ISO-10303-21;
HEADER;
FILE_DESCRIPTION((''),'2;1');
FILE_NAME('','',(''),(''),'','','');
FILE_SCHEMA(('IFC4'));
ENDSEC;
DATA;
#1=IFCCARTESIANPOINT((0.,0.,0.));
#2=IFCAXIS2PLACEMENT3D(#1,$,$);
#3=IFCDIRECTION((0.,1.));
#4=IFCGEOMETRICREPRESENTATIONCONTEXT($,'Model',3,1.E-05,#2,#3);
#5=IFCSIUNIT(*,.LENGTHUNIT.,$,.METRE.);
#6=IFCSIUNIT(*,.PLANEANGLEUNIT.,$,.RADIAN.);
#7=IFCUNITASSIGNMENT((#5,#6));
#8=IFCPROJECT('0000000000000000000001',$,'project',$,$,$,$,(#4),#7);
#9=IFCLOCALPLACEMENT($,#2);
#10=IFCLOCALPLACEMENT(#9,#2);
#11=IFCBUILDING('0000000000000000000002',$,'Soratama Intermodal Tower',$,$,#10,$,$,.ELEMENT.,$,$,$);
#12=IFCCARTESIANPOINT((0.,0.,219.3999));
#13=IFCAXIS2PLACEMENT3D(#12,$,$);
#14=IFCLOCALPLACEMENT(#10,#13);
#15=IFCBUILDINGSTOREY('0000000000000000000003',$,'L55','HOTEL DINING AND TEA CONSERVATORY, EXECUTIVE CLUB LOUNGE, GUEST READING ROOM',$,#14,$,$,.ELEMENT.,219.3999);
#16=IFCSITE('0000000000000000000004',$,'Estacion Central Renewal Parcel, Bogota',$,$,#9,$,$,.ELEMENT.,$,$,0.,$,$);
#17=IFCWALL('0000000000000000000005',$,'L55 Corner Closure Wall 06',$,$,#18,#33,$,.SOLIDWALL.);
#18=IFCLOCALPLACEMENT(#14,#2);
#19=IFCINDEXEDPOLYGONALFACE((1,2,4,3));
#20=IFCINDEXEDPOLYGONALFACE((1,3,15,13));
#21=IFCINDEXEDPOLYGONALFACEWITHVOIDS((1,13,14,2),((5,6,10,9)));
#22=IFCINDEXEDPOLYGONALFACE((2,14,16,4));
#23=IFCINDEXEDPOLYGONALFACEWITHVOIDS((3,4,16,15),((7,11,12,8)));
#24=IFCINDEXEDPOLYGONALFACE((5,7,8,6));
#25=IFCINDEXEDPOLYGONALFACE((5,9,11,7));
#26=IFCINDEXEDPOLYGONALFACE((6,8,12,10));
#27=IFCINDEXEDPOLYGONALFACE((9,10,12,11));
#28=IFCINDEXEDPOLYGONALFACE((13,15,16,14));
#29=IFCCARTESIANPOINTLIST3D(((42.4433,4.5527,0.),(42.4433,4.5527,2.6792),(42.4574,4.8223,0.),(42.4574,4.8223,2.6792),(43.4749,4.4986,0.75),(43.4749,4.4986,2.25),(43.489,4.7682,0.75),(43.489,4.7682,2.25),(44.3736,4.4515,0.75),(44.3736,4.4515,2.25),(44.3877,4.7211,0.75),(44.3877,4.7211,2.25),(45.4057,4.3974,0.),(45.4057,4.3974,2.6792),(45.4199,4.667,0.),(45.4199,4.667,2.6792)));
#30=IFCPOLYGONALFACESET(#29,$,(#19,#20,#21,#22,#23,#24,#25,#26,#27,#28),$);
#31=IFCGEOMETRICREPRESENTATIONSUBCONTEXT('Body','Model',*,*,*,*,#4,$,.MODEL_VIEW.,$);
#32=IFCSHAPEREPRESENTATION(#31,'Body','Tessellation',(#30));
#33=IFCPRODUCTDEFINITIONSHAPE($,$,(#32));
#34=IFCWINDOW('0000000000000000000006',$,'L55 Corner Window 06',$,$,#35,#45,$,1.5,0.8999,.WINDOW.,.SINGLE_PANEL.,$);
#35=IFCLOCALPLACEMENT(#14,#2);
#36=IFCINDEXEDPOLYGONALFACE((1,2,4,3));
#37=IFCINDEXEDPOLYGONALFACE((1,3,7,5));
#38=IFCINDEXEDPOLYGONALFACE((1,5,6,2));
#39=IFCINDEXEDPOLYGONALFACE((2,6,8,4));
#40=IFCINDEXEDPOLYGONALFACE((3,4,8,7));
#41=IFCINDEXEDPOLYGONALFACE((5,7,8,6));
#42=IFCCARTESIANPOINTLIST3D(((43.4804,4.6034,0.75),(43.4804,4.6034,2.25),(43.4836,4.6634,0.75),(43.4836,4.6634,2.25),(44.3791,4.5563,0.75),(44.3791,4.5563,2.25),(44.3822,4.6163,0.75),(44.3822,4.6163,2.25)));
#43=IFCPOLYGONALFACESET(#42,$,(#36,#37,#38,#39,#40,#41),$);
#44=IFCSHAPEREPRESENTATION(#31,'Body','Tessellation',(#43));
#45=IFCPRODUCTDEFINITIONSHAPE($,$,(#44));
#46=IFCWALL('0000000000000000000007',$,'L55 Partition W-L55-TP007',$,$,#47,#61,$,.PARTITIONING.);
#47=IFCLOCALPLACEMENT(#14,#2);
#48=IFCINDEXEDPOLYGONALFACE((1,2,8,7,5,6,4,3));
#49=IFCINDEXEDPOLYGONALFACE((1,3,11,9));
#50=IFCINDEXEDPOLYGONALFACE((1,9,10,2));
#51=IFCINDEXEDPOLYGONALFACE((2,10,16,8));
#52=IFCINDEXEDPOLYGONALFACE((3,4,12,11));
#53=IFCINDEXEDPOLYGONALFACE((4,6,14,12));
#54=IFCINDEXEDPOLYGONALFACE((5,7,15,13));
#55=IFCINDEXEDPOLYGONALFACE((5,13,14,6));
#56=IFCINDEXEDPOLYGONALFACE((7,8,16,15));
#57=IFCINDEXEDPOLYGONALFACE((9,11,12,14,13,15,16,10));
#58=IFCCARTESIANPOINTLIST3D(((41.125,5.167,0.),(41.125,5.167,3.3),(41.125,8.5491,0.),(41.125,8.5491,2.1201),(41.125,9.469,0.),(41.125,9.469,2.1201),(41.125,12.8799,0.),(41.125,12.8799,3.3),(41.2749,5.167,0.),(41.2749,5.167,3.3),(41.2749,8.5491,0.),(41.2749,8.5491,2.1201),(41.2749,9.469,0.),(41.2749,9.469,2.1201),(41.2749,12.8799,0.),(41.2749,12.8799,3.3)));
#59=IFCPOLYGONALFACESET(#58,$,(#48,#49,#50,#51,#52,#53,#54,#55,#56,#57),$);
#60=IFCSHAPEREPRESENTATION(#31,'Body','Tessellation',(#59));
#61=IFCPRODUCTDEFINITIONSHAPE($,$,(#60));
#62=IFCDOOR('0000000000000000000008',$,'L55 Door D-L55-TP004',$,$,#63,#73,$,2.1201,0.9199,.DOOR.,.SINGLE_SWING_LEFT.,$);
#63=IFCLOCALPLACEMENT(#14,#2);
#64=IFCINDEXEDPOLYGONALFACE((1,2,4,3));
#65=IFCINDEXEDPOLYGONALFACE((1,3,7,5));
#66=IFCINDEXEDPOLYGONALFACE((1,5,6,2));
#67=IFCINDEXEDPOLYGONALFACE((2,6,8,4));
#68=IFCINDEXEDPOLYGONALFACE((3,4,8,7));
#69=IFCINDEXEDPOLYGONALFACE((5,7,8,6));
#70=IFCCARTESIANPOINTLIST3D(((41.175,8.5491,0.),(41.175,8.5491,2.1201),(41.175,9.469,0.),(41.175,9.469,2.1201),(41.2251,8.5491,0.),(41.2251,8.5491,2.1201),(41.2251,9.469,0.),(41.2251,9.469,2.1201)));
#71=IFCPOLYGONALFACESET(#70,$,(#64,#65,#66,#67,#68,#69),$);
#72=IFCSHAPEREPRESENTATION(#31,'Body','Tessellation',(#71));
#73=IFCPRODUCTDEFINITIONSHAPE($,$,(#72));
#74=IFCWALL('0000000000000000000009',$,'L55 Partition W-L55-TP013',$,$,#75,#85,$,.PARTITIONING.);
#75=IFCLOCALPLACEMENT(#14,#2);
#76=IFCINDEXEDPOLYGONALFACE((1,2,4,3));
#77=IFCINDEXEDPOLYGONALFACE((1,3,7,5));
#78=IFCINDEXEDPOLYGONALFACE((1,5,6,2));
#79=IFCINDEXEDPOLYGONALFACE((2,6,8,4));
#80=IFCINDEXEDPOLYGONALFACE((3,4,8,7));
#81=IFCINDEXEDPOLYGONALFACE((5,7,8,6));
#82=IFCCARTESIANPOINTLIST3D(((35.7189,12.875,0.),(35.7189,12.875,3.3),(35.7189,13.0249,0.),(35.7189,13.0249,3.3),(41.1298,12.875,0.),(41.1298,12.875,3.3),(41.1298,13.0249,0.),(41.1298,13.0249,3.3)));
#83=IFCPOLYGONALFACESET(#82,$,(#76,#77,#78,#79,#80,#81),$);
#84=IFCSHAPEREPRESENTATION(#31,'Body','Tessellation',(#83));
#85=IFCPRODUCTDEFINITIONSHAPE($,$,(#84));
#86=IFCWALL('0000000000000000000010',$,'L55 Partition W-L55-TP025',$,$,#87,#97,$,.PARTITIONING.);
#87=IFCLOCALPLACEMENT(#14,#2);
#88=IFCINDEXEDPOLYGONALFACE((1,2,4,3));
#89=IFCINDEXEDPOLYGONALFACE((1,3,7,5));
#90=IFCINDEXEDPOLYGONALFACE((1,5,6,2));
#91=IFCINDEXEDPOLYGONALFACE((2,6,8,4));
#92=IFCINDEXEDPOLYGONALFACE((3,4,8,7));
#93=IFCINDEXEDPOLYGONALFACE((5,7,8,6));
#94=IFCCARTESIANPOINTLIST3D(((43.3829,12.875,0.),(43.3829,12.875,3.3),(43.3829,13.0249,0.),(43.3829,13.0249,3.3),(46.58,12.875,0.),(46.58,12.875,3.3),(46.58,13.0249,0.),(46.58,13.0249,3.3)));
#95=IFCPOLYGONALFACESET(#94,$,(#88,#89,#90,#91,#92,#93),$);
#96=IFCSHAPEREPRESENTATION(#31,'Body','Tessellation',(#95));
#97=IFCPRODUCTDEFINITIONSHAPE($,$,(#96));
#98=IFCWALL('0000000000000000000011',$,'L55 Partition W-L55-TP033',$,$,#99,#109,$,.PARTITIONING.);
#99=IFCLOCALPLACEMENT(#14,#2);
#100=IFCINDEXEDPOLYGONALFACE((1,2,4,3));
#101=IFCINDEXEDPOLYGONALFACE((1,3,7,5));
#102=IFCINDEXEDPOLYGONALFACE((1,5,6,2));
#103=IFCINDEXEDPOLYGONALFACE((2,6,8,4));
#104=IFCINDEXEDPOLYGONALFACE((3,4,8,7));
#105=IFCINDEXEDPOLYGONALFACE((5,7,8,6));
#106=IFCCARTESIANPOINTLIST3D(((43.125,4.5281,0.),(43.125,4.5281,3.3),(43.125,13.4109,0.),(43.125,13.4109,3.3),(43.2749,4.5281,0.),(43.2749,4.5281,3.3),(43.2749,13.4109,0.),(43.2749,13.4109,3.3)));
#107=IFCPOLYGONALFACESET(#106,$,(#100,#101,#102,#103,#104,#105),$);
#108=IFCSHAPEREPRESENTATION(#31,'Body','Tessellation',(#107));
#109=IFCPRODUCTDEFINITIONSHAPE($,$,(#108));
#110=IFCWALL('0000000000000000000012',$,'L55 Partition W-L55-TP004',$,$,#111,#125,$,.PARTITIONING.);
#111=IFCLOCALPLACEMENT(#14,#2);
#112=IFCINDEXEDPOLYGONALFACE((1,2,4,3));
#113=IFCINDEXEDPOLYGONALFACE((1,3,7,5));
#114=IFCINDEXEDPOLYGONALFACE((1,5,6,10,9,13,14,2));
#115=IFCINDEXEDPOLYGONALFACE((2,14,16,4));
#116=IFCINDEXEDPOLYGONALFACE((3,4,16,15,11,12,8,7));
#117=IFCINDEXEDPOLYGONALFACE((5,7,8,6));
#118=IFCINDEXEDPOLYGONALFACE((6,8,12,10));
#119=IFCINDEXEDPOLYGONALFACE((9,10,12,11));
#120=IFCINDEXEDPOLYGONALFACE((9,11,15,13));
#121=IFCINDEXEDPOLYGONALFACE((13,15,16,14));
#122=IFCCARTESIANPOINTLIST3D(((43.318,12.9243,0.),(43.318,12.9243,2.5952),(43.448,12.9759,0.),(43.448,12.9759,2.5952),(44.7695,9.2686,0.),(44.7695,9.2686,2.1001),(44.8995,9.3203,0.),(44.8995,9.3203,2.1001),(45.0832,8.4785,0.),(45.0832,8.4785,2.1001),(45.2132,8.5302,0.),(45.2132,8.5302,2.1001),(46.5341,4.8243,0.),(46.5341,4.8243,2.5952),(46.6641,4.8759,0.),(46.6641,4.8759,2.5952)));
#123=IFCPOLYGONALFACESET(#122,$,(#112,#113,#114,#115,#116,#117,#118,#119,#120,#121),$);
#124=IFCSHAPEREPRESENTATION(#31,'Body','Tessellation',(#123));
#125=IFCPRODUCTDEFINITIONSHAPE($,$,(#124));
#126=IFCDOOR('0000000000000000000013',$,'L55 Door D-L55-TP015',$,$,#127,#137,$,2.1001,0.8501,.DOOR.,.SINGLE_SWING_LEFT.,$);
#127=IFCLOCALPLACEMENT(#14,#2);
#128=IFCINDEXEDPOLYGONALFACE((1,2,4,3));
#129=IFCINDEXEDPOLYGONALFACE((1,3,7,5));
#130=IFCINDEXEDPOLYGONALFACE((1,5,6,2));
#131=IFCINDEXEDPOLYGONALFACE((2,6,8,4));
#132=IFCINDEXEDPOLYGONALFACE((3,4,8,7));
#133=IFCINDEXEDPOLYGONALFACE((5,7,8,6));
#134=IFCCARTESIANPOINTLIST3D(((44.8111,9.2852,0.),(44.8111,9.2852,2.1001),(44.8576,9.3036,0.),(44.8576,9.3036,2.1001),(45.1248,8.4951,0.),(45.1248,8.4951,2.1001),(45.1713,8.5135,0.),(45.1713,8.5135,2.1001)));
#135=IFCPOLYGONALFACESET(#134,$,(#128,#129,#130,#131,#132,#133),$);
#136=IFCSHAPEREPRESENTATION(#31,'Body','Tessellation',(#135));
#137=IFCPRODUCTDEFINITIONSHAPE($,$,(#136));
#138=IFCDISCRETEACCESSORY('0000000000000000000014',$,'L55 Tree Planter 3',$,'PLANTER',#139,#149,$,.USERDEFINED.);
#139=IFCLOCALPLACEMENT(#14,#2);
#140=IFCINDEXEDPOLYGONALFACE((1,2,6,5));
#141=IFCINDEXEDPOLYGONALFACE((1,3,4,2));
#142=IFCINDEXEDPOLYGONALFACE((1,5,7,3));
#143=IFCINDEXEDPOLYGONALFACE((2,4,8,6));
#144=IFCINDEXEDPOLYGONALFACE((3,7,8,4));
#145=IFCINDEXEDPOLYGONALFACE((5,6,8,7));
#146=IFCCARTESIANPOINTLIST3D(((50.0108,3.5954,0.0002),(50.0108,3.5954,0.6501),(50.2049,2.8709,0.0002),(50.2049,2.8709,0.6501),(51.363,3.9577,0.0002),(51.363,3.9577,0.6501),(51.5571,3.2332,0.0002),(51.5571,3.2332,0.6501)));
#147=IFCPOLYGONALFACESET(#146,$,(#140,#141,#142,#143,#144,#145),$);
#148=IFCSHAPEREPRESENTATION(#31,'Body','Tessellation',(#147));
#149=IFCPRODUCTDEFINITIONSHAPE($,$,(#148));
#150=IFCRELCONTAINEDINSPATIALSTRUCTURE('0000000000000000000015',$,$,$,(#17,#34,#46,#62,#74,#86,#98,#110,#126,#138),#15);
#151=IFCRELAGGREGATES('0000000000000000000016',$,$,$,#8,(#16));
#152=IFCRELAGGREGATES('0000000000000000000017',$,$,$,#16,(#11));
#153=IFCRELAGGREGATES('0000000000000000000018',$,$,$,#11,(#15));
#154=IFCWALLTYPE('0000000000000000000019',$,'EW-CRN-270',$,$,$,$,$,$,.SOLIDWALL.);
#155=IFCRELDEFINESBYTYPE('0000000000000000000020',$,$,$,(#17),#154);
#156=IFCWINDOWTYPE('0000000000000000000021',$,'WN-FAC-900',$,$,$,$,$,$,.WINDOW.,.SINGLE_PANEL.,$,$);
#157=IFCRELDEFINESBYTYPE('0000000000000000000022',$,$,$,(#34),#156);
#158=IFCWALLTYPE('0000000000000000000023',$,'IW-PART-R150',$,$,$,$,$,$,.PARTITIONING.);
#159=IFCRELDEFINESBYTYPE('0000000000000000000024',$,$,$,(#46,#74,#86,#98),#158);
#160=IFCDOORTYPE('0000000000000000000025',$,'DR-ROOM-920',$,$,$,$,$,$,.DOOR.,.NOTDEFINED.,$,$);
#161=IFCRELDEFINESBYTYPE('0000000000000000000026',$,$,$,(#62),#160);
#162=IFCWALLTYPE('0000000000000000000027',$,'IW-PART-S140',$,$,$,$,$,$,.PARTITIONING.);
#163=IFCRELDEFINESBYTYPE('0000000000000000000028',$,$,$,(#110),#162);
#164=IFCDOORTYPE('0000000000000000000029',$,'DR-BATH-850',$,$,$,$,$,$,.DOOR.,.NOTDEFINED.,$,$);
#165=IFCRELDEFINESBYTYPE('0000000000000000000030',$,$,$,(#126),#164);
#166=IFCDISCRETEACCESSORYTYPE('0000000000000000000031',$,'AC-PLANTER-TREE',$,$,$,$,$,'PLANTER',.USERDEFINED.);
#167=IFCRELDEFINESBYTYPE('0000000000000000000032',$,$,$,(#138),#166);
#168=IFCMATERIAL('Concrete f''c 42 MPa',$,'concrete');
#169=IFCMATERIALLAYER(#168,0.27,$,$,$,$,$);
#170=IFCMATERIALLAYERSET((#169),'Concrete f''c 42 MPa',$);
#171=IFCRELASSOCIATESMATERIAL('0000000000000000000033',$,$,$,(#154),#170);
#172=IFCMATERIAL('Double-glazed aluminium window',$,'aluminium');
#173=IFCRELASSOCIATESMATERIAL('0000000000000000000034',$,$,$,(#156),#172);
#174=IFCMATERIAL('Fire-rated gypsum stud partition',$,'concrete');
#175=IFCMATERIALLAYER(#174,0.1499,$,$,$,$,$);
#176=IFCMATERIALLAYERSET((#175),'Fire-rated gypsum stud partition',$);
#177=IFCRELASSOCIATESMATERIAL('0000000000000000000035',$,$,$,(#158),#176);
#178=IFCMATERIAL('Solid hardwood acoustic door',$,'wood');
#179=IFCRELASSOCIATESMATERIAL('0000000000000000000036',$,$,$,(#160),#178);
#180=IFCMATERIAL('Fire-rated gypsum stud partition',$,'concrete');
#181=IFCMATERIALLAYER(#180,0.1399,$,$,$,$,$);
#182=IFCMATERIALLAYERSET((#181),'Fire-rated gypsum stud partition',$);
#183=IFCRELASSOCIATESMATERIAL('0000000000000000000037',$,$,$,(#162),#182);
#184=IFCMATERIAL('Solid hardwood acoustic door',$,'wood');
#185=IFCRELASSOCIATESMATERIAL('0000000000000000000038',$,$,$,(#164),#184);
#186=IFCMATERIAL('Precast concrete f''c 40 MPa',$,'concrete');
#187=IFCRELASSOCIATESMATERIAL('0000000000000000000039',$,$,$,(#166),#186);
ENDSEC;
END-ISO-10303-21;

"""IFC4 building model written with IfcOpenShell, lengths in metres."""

from ifc_helpers import new_model, si_unit, direction, frame, frame_2d, origin, origin_2d, place, context, subcontext, project, spatial, rectangle, extrude, material, layer, layer_set, type_object, element, fill, save


model = new_model("IFC4")

# Units and contexts
model_context = context("Model", 3, precision=1e-05, world=origin(), true_north=direction((0.0, 1.0)))
body_context = subcontext(model_context, "Body", "Model", "MODEL_VIEW")
ifc_project = project(units=[si_unit("LENGTHUNIT", "METRE"), si_unit("PLANEANGLEUNIT", "RADIAN")], contexts=[model_context])

# Site, building, storey
site_placement = place(None, origin())
site = spatial("IfcSite", under=ifc_project, at=site_placement, Name="Estacion Central Renewal Parcel, Bogota", CompositionType="ELEMENT", RefElevation=0.0)
building_placement = place(site_placement, origin())
building = spatial("IfcBuilding", under=site, at=building_placement, Name="Soratama Intermodal Tower", CompositionType="ELEMENT")
storey_placement = place(building_placement, frame((0.0, 0.0, 219.3999)))
storey = spatial("IfcBuildingStorey", under=building, at=storey_placement, Name="L55", Description="HOTEL DINING AND TEA CONSERVATORY, EXECUTIVE CLUB LOUNGE, GUEST READING ROOM", CompositionType="ELEMENT", Elevation=219.3999)

# Wall, opening, window
ifc_material_1 = material(Name="Concrete f'c 42 MPa", Category="concrete")
ifc_layer_1 = layer(ifc_material_1, 0.27)
ifc_layer_set_1 = layer_set([ifc_layer_1], Name="Concrete f'c 42 MPa")
wall_type_1 = type_object("IfcWallType", Name="EW-CRN-270", PredefinedType="SOLIDWALL", material=ifc_layer_set_1)
wall_1_placement = place(storey_placement, frame((42.4502, 4.6875, 0.0), z_axis=(0.0, 0.0, 1.0), x_axis=(0.998629, -0.052343, 0.0)))
wall_1 = element("IfcWall", 1, at=wall_1_placement, inside=storey, type_object=wall_type_1, Name="L55 Corner Closure Wall 06", PredefinedType="SOLIDWALL", context=body_context, shape_type="SweptSolid", body=[
    extrude(rectangle(XDim=2.9666, YDim=0.27, at=frame_2d((1.4834, 0.0))), origin(), (0.0, 0.0, 1.0), 2.6792),
])
opening_1_placement = place(wall_1_placement, frame((1.0332, 0.0, 0.75)))
opening_1 = element("IfcOpeningElement", 2, at=opening_1_placement, cuts=wall_1, PredefinedType="OPENING", context=body_context, shape_type="SweptSolid", body=[
    extrude(rectangle(XDim=0.8999, YDim=1.5, at=frame_2d((0.45, 0.75))), frame((0.0, 0.145, 0.0), z_axis=(0.0, -1.0, 0.0), x_axis=(1.0, 0.0, 0.0)), (0.0, 0.0, 1.0), 0.29),
])
ifc_material_2 = material(Name="Double-glazed aluminium window", Category="aluminium")
window_type_1 = type_object("IfcWindowType", Name="WN-FAC-900", PartitioningType="SINGLE_PANEL", PredefinedType="WINDOW", material=ifc_material_2)
window_1_placement = place(opening_1_placement, origin())
window_1 = element("IfcWindow", 3, at=window_1_placement, inside=storey, type_object=window_type_1, Name="L55 Corner Window 06", OverallHeight=1.5, OverallWidth=0.8999, PartitioningType="SINGLE_PANEL", PredefinedType="WINDOW", context=body_context, shape_type="SweptSolid", body=[
    extrude(rectangle(XDim=0.8999, YDim=1.5, at=frame_2d((0.45, 0.75))), frame((0.0, 0.03, 0.0), z_axis=(0.0, -1.0, 0.0), x_axis=(1.0, 0.0, 0.0)), (0.0, 0.0, 1.0), 0.0601),
])
fill(opening_1, window_1)

# Wall, opening, door
ifc_material_3 = material(Name="Fire-rated gypsum stud partition", Category="concrete")
ifc_layer_2 = layer(ifc_material_3, 0.1499)
ifc_layer_set_2 = layer_set([ifc_layer_2], Name="Fire-rated gypsum stud partition")
wall_type_2 = type_object("IfcWallType", Name="IW-PART-R150", PredefinedType="PARTITIONING", material=ifc_layer_set_2)
wall_2_placement = place(storey_placement, frame((41.2, 5.167, 0.0), z_axis=(0.0, 0.0, 1.0), x_axis=(0.0, 1.0, 0.0)))
wall_2 = element("IfcWall", 4, at=wall_2_placement, inside=storey, type_object=wall_type_2, Name="L55 Partition W-L55-TP007", PredefinedType="PARTITIONING", context=body_context, shape_type="SweptSolid", body=[
    extrude(rectangle(XDim=7.7129, YDim=0.1499, at=frame_2d((3.8564, 0.0))), origin(), (0.0, 0.0, 1.0), 3.3),
])
opening_2_placement = place(wall_2_placement, frame((3.3821, 0.0, 0.0)))
opening_2 = element("IfcOpeningElement", 5, at=opening_2_placement, cuts=wall_2, PredefinedType="OPENING", context=body_context, shape_type="SweptSolid", body=[
    extrude(rectangle(XDim=0.9199, YDim=2.1201, at=frame_2d((0.46, 1.0601))), frame((0.0, 0.085, 0.0), z_axis=(0.0, -1.0, 0.0), x_axis=(1.0, 0.0, 0.0)), (0.0, 0.0, 1.0), 0.1699),
])
ifc_material_4 = material(Name="Solid hardwood acoustic door", Category="wood")
door_type_1 = type_object("IfcDoorType", Name="DR-ROOM-920", OperationType="NOTDEFINED", PredefinedType="DOOR", material=ifc_material_4)
door_1_placement = place(opening_2_placement, origin())
door_1 = element("IfcDoor", 6, at=door_1_placement, inside=storey, type_object=door_type_1, Name="L55 Door D-L55-TP004", OperationType="SINGLE_SWING_LEFT", OverallHeight=2.1201, OverallWidth=0.9199, PredefinedType="DOOR", context=body_context, shape_type="SweptSolid", body=[
    extrude(rectangle(XDim=0.9199, YDim=2.1201, at=frame_2d((0.46, 1.0601))), frame((0.0, 0.0249, 0.0), z_axis=(0.0, -1.0, 0.0), x_axis=(1.0, 0.0, 0.0)), (0.0, 0.0, 1.0), 0.05),
])
fill(opening_2, door_1)

# Walls
wall_3_placement = place(storey_placement, frame((41.1299, 12.95, 0.0), z_axis=(0.0, 0.0, 1.0), x_axis=(-1.0, 0.0, 0.0)))
element("IfcWall", 7, at=wall_3_placement, inside=storey, type_object=wall_type_2, Name="L55 Partition W-L55-TP013", PredefinedType="PARTITIONING", context=body_context, shape_type="SweptSolid", body=[
    extrude(rectangle(XDim=5.4109, YDim=0.1499, at=frame_2d((2.7056, 0.0))), origin(), (0.0, 0.0, 1.0), 3.3),
])
wall_4_placement = place(storey_placement, frame((46.5801, 12.95, 0.0), z_axis=(0.0, 0.0, 1.0), x_axis=(-1.0, 0.0, 0.0)))
element("IfcWall", 8, at=wall_4_placement, inside=storey, type_object=wall_type_2, Name="L55 Partition W-L55-TP025", PredefinedType="PARTITIONING", context=body_context, shape_type="SweptSolid", body=[
    extrude(rectangle(XDim=3.197, YDim=0.1499, at=frame_2d((1.5986, 0.0))), origin(), (0.0, 0.0, 1.0), 3.3),
])
wall_5_placement = place(storey_placement, frame((43.2, 13.4109, 0.0), z_axis=(0.0, 0.0, 1.0), x_axis=(0.0, -1.0, 0.0)))
element("IfcWall", 9, at=wall_5_placement, inside=storey, type_object=wall_type_2, Name="L55 Partition W-L55-TP033", PredefinedType="PARTITIONING", context=body_context, shape_type="SweptSolid", body=[
    extrude(rectangle(XDim=8.8828, YDim=0.1499, at=frame_2d((4.4414, 0.0))), origin(), (0.0, 0.0, 1.0), 3.3),
])

# Wall, opening, door
ifc_material_5 = material(Name="Fire-rated gypsum stud partition", Category="concrete")
ifc_layer_3 = layer(ifc_material_5, 0.1399)
ifc_layer_set_3 = layer_set([ifc_layer_3], Name="Fire-rated gypsum stud partition")
wall_type_3 = type_object("IfcWallType", Name="IW-PART-S140", PredefinedType="PARTITIONING", material=ifc_layer_set_3)
wall_6_placement = place(storey_placement, frame((43.3831, 12.95, 0.0), z_axis=(0.0, 0.0, 1.0), x_axis=(0.369028, -0.929418, 0.0)))
wall_6 = element("IfcWall", 10, at=wall_6_placement, inside=storey, type_object=wall_type_3, Name="L55 Partition W-L55-TP004", PredefinedType="PARTITIONING", context=body_context, shape_type="SweptSolid", body=[
    extrude(rectangle(XDim=8.7151, YDim=0.1399, at=frame_2d((4.3574, 0.0))), origin(), (0.0, 0.0, 1.0), 2.5952),
])
opening_3_placement = place(wall_6_placement, frame((3.9331, 0.0, 0.0)))
opening_3 = element("IfcOpeningElement", 11, at=opening_3_placement, cuts=wall_6, PredefinedType="OPENING", context=body_context, shape_type="SweptSolid", body=[
    extrude(rectangle(XDim=0.8501, YDim=2.1001, at=frame_2d((0.425, 1.05))), frame((0.0, 0.0798, 0.0), z_axis=(0.0, -1.0, 0.0), x_axis=(1.0, 0.0, 0.0)), (0.0, 0.0, 1.0), 0.1599),
])
ifc_material_6 = material(Name="Solid hardwood acoustic door", Category="wood")
door_type_2 = type_object("IfcDoorType", Name="DR-BATH-850", OperationType="NOTDEFINED", PredefinedType="DOOR", material=ifc_material_6)
door_2_placement = place(opening_3_placement, origin())
door_2 = element("IfcDoor", 12, at=door_2_placement, inside=storey, type_object=door_type_2, Name="L55 Door D-L55-TP015", OperationType="SINGLE_SWING_LEFT", OverallHeight=2.1001, OverallWidth=0.8501, PredefinedType="DOOR", context=body_context, shape_type="SweptSolid", body=[
    extrude(rectangle(XDim=0.8501, YDim=2.1001, at=frame_2d((0.425, 1.05))), frame((0.0, 0.0249, 0.0), z_axis=(0.0, -1.0, 0.0), x_axis=(1.0, 0.0, 0.0)), (0.0, 0.0, 1.0), 0.05),
])
fill(opening_3, door_2)

# Discrete accessory
ifc_material_7 = material(Name="Precast concrete f'c 40 MPa", Category="concrete")
discrete_accessory_type = type_object("IfcDiscreteAccessoryType", Name="AC-PLANTER-TREE", ElementType="PLANTER", PredefinedType="USERDEFINED", material=ifc_material_7)
discrete_accessory_placement = place(storey_placement, frame((50.7839, 3.4143, 0.0002), z_axis=(0.0, 0.0, 1.0), x_axis=(0.258819, -0.965926, 0.0)))
element("IfcDiscreteAccessory", 13, at=discrete_accessory_placement, inside=storey, type_object=discrete_accessory_type, Name="L55 Tree Planter 3", ObjectType="PLANTER", PredefinedType="USERDEFINED", context=body_context, shape_type="SweptSolid", body=[
    extrude(rectangle(XDim=0.75, YDim=1.3999, at=origin_2d()), origin(), (0.0, 0.0, 1.0), 0.6499),
])

save(model, "model.ifc")
